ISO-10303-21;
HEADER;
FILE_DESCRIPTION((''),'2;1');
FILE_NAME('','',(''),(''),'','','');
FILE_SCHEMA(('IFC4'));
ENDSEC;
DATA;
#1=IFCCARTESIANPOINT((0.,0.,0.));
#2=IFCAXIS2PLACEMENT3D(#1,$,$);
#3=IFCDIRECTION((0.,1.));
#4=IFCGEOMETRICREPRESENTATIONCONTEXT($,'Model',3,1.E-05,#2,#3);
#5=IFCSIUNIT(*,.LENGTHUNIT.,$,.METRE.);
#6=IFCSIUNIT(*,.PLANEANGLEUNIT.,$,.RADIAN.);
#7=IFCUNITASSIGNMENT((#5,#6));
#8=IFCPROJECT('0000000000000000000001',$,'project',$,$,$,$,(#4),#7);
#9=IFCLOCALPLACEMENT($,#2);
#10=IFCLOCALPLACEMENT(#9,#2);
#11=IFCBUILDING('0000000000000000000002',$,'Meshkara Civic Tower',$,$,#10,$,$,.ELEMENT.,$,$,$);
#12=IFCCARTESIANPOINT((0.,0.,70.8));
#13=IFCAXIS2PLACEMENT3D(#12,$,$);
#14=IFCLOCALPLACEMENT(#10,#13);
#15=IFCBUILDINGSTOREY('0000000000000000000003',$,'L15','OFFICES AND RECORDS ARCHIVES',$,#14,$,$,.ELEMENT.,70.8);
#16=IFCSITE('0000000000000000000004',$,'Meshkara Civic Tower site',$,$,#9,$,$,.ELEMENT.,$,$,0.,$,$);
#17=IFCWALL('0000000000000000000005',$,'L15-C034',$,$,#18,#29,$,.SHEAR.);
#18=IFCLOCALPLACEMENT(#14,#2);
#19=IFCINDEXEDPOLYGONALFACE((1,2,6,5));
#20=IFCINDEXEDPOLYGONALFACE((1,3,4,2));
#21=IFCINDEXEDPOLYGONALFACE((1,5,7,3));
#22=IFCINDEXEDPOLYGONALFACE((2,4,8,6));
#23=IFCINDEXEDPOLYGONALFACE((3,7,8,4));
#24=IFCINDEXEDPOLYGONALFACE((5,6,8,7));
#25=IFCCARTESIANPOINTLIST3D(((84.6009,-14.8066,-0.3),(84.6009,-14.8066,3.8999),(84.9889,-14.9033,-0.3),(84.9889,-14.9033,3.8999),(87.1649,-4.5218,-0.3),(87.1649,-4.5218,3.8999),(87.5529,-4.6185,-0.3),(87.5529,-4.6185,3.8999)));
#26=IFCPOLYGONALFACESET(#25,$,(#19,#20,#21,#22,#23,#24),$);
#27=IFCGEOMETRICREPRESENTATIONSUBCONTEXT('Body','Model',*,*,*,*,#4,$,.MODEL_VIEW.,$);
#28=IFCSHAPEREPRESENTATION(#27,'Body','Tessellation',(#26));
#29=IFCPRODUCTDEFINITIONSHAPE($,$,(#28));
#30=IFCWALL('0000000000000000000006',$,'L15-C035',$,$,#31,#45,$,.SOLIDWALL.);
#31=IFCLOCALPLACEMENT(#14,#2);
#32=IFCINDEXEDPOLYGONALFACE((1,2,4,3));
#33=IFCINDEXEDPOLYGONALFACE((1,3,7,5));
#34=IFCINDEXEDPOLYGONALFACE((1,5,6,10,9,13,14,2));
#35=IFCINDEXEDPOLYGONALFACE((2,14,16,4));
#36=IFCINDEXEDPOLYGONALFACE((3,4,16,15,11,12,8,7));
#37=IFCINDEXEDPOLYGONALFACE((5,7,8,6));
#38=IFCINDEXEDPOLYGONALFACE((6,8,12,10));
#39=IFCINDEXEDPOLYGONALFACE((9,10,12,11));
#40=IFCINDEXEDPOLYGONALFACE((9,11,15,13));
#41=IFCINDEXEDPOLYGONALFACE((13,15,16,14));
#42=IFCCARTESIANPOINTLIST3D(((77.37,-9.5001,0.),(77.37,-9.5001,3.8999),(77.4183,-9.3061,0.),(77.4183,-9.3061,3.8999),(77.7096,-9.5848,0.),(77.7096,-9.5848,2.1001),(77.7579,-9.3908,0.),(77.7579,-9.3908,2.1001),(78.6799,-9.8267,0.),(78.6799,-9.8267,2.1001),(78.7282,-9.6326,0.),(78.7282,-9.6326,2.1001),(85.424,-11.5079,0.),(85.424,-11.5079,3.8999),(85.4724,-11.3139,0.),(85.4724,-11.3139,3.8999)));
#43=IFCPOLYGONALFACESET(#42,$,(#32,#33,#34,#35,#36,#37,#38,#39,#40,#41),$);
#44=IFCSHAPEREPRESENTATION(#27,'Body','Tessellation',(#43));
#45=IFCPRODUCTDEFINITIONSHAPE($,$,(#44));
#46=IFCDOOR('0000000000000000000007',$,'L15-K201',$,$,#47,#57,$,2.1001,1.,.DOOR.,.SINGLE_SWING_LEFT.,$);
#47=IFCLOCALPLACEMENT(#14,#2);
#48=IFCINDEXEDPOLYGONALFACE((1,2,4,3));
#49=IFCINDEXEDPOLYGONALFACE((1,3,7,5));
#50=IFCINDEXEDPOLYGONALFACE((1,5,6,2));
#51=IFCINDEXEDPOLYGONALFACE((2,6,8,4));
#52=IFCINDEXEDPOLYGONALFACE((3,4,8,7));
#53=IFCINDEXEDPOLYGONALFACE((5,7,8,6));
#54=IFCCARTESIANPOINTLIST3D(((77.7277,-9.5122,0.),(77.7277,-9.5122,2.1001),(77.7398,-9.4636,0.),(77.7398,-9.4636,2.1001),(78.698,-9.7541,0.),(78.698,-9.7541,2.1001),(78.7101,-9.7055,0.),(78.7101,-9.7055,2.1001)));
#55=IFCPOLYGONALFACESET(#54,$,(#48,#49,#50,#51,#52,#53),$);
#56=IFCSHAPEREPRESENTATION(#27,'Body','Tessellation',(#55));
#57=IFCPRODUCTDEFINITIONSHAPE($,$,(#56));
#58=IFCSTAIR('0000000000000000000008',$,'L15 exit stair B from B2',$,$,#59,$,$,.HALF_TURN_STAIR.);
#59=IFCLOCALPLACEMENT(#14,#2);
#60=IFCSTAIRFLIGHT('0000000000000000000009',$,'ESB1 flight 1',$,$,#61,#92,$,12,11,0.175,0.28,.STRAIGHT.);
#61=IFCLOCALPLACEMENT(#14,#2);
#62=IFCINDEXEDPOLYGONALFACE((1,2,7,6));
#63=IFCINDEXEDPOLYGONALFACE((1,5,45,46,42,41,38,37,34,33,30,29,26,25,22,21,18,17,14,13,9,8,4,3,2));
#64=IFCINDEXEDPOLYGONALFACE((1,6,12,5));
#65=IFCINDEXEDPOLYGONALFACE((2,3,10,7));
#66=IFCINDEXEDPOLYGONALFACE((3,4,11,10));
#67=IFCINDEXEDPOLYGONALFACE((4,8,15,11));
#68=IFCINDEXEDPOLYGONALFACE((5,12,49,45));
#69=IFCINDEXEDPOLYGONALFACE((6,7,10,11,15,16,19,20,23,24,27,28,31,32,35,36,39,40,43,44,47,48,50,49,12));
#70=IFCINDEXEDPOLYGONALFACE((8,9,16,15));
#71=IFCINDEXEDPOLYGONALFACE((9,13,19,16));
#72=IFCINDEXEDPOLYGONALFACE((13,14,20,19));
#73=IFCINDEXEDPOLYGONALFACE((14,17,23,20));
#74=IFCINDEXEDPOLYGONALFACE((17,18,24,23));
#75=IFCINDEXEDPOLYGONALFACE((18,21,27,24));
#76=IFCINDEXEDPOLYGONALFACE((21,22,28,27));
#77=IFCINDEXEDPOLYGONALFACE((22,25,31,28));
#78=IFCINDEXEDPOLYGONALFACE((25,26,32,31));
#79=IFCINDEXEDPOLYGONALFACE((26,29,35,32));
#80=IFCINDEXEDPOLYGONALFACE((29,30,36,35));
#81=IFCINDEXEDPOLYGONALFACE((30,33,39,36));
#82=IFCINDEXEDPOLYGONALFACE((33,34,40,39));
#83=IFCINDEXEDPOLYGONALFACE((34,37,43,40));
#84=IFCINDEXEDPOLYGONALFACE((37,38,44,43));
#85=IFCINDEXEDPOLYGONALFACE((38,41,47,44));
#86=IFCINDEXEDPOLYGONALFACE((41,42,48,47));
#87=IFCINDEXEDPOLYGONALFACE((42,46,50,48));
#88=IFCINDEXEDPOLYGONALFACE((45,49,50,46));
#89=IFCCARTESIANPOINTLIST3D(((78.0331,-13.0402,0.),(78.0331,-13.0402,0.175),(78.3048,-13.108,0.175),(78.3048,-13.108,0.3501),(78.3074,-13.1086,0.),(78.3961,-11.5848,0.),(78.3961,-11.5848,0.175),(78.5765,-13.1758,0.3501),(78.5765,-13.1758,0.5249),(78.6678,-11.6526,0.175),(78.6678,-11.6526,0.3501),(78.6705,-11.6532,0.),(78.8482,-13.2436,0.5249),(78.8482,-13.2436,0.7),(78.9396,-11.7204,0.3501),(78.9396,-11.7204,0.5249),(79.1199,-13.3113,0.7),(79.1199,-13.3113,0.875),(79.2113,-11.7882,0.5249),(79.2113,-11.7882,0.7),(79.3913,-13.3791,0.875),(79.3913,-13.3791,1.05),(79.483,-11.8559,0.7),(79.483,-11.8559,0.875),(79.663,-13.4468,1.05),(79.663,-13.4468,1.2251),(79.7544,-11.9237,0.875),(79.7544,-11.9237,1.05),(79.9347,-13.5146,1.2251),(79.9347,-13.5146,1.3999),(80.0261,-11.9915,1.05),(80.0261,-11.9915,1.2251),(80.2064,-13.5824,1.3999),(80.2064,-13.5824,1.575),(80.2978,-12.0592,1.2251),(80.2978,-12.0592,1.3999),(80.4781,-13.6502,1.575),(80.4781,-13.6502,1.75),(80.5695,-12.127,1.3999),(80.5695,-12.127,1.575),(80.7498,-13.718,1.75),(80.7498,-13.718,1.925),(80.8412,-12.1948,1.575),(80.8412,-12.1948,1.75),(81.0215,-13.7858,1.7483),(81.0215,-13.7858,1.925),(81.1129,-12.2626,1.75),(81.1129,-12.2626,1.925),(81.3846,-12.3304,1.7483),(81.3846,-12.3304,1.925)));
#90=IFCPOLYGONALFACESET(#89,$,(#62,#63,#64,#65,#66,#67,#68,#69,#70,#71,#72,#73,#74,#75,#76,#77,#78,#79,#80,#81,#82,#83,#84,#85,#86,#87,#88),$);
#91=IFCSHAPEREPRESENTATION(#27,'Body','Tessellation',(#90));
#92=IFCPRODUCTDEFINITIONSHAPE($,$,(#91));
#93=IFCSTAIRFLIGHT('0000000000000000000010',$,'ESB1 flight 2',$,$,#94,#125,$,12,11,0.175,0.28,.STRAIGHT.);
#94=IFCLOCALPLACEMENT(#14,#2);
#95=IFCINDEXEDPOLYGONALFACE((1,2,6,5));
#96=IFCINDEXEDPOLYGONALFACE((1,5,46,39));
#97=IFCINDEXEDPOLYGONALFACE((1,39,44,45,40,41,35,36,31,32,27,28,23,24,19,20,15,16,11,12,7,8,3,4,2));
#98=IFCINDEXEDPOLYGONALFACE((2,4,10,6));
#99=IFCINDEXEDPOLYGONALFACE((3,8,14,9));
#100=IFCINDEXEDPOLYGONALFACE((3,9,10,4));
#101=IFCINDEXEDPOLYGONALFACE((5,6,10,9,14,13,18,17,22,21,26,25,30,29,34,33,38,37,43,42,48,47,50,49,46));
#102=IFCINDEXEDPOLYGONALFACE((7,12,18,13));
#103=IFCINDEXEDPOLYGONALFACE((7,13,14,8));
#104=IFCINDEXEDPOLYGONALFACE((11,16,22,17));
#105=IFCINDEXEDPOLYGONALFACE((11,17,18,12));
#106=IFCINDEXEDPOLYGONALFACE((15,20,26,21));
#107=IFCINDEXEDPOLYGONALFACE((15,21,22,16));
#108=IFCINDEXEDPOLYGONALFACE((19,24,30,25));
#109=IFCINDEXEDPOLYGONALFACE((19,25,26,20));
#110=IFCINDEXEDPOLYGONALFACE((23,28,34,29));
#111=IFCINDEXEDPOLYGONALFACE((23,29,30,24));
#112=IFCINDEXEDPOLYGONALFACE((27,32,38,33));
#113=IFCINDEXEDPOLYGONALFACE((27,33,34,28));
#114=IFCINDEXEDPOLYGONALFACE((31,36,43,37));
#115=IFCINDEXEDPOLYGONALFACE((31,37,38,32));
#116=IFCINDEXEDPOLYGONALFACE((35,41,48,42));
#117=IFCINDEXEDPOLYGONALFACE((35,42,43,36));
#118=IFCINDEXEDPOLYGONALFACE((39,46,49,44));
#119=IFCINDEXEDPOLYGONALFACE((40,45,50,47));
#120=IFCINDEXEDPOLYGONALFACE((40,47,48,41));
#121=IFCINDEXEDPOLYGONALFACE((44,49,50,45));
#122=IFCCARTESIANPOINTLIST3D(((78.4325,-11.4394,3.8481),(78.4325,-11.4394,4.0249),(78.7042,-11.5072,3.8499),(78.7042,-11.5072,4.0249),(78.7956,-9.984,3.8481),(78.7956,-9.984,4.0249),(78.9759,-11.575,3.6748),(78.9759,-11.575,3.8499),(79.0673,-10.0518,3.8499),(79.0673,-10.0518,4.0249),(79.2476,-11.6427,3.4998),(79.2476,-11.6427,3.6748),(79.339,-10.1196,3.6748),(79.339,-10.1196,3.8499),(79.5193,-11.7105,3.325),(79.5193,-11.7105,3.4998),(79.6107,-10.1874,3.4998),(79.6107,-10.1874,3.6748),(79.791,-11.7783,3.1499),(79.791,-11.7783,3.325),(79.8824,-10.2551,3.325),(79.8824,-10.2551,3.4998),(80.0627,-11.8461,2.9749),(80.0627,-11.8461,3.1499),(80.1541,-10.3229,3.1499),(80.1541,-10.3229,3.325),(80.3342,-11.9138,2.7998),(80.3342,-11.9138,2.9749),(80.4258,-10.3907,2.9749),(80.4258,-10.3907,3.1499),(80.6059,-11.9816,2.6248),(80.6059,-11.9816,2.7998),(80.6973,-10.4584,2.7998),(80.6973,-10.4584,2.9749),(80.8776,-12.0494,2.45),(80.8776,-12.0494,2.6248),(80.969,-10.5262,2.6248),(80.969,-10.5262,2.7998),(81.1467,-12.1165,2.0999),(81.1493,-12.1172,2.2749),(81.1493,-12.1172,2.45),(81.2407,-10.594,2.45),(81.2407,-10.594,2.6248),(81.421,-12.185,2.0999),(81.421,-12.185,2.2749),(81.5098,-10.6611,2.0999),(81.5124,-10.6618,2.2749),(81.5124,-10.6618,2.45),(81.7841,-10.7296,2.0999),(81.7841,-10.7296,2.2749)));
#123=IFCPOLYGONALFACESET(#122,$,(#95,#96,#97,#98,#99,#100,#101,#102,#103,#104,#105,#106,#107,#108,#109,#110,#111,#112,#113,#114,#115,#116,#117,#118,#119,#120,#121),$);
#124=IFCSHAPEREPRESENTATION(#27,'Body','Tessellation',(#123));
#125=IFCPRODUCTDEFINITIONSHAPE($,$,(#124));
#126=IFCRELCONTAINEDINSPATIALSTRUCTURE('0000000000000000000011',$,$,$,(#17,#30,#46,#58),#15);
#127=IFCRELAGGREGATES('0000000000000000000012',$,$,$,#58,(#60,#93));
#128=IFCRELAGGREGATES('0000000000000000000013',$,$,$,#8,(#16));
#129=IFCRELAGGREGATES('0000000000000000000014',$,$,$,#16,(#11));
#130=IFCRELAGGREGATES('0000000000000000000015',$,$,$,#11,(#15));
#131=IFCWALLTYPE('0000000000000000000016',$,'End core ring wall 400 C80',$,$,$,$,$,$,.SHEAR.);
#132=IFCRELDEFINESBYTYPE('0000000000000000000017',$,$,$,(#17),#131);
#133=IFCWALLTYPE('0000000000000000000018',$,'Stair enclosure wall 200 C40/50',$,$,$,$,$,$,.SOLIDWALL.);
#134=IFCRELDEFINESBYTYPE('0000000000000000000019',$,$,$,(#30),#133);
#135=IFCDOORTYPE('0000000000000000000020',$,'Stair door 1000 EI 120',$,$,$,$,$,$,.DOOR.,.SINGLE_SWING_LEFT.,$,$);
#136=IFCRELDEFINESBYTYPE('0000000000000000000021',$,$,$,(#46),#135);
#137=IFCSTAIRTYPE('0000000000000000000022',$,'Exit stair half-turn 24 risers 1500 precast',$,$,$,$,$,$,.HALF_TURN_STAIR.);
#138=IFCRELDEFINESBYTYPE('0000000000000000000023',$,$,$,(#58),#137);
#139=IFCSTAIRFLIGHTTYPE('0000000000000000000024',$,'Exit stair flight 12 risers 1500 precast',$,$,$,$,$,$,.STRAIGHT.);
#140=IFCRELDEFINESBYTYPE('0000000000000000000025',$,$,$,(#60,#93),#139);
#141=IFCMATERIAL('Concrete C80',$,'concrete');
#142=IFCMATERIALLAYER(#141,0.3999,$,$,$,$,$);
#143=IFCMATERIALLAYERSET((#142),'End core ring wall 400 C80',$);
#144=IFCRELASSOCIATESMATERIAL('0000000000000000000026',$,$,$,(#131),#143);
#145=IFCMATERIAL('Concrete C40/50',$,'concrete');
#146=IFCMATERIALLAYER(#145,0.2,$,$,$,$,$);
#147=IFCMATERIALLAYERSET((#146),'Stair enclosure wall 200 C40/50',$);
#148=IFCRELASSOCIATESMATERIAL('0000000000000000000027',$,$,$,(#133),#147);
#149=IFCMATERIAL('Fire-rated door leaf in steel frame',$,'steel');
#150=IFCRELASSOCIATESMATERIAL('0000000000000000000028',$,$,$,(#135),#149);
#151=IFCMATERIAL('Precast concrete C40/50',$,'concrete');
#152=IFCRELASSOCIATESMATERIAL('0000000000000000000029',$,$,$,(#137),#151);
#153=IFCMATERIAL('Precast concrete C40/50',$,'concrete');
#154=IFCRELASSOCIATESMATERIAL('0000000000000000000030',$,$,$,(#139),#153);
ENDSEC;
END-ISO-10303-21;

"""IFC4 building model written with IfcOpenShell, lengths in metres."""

from ifc_helpers import new_model, si_unit, direction, frame, frame_2d, origin, place, context, subcontext, project, spatial, polyline, rectangle, outline, extrude, material, layer, layer_set, type_object, element, fill, aggregate, save


model = new_model("IFC4")

# Units and contexts
model_context = context("Model", 3, precision=1e-05, world=origin(), true_north=direction((0.0, 1.0)))
body_context = subcontext(model_context, "Body", "Model", "MODEL_VIEW")
ifc_project = project(units=[si_unit("LENGTHUNIT", "METRE"), si_unit("PLANEANGLEUNIT", "RADIAN")], contexts=[model_context])

# Site, building, storey
site_placement = place(None, origin())
site = spatial("IfcSite", under=ifc_project, at=site_placement, Name="Meshkara Civic Tower site", CompositionType="ELEMENT", RefElevation=0.0)
building_placement = place(site_placement, origin())
building = spatial("IfcBuilding", under=site, at=building_placement, Name="Meshkara Civic Tower", CompositionType="ELEMENT")
storey_placement = place(building_placement, frame((0.0, 0.0, 70.8)))
storey = spatial("IfcBuildingStorey", under=building, at=storey_placement, Name="L15", Description="OFFICES AND RECORDS ARCHIVES", CompositionType="ELEMENT", Elevation=70.8)

# Shared definitions
ifc_material_1 = material(Name="Concrete C80", Category="concrete")
ifc_layer_1 = layer(ifc_material_1, 0.3999)
ifc_layer_set_1 = layer_set([ifc_layer_1], Name="End core ring wall 400 C80")
wall_type_1 = type_object("IfcWallType", Name="End core ring wall 400 C80", PredefinedType="SHEAR", material=ifc_layer_set_1)

# Wall
wall_1_placement = place(storey_placement, frame((84.7949, -14.855, -0.3), z_axis=(0.0, 0.0, 1.0), x_axis=(0.241891, 0.970304, 0.0)))
element("IfcWall", 1, at=wall_1_placement, inside=storey, type_object=wall_type_1, Name="L15-C034", PredefinedType="SHEAR", context=body_context, shape_type="SweptSolid", body=[
    extrude(rectangle(XDim=10.5996, YDim=0.3999, at=frame_2d((5.2998, 0.0))), origin(), (0.0, 0.0, 1.0), 4.2),
])

# Wall, opening, door
ifc_material_2 = material(Name="Concrete C40/50", Category="concrete")
ifc_layer_2 = layer(ifc_material_2, 0.2)
ifc_layer_set_2 = layer_set([ifc_layer_2], Name="Stair enclosure wall 200 C40/50")
wall_type_2 = type_object("IfcWallType", Name="Stair enclosure wall 200 C40/50", PredefinedType="SOLIDWALL", material=ifc_layer_set_2)
wall_2_placement = place(storey_placement, frame((77.394, -9.4031, 0.0), z_axis=(0.0, 0.0, 1.0), x_axis=(0.970303, -0.241892, 0.0)))
wall_2 = element("IfcWall", 2, at=wall_2_placement, inside=storey, type_object=wall_type_2, Name="L15-C035", PredefinedType="SOLIDWALL", context=body_context, shape_type="SweptSolid", body=[
    extrude(rectangle(XDim=8.3005, YDim=0.2, at=frame_2d((4.1504, 0.0))), origin(), (0.0, 0.0, 1.0), 3.8999),
])
opening_1_placement = place(wall_2_placement, frame((0.3501, 0.0, 0.0)))
opening_1 = element("IfcOpeningElement", 3, at=opening_1_placement, cuts=wall_2, PredefinedType="OPENING", context=body_context, shape_type="SweptSolid", body=[
    extrude(rectangle(XDim=1.0, YDim=2.1001, at=frame_2d((0.5, 1.05))), frame((0.0, 0.1099, 0.0), z_axis=(0.0, -1.0, 0.0), x_axis=(1.0, 0.0, 0.0)), (0.0, 0.0, 1.0), 0.22),
])
ifc_material_3 = material(Name="Fire-rated door leaf in steel frame", Category="steel")
door_type_1 = type_object("IfcDoorType", Name="Stair door 1000 EI 120", OperationType="SINGLE_SWING_LEFT", PredefinedType="DOOR", material=ifc_material_3)
door_1_placement = place(opening_1_placement, origin())
door_1 = element("IfcDoor", 4, at=door_1_placement, inside=storey, type_object=door_type_1, Name="L15-K201", OperationType="SINGLE_SWING_LEFT", OverallHeight=2.1001, OverallWidth=1.0, PredefinedType="DOOR", context=body_context, shape_type="SweptSolid", body=[
    extrude(rectangle(XDim=1.0, YDim=2.1001, at=frame_2d((0.5, 1.05))), frame((0.0, 0.0249, 0.0), z_axis=(0.0, -1.0, 0.0), x_axis=(1.0, 0.0, 0.0)), (0.0, 0.0, 1.0), 0.05),
])
fill(opening_1, door_1)

# Stair, stair flights
ifc_material_4 = material(Name="Precast concrete C40/50", Category="concrete")
stair_type = type_object("IfcStairType", Name="Exit stair half-turn 24 risers 1500 precast", PredefinedType="HALF_TURN_STAIR", material=ifc_material_4)
stair_placement = place(storey_placement, origin())
stair = element("IfcStair", 5, at=stair_placement, inside=storey, type_object=stair_type, Name="L15 exit stair B from B2", PredefinedType="HALF_TURN_STAIR")
ifc_material_5 = material(Name="Precast concrete C40/50", Category="concrete")
stair_flight_type = type_object("IfcStairFlightType", Name="Exit stair flight 12 risers 1500 precast", PredefinedType="STRAIGHT", material=ifc_material_5)
stair_flight_1_placement = place(storey_placement, frame((78.2146, -12.3125, 0.0), z_axis=(0.0, 0.0, 1.0), x_axis=(0.97026, -0.242065, 0.0)))
stair_flight_1 = element("IfcStairFlight", 6, at=stair_flight_1_placement, type_object=stair_flight_type, Name="ESB1 flight 1", NumberOfRisers=12, NumberOfTreads=11, PredefinedType="STRAIGHT", RiserHeight=0.175, TreadLength=0.28, context=body_context, shape_type="SweptSolid", body=[
    extrude(outline(polyline([(0.0, 0.0), (0.0, 0.175), (0.28, 0.175), (0.28, 0.3501), (0.5601, 0.3501), (0.5601, 0.5249), (0.8401, 0.5249), (0.8401, 0.7), (1.1201, 0.7), (1.1201, 0.875), (1.3999, 0.875), (1.3999, 1.05), (1.6799, 1.05), (1.6799, 1.2251), (1.96, 1.2251), (1.96, 1.3999), (2.24, 1.3999), (2.24, 1.575), (2.52, 1.575), (2.52, 1.75), (2.8, 1.75), (2.8, 1.925), (3.0801, 1.925), (3.0801, 2.1001), (3.0801, 1.7483), (0.2827, 0.0), (0.0, 0.0)])), frame((0.0, 0.75, 0.0), z_axis=(0.0, -1.0, 0.0), x_axis=(1.0, 0.0, 0.0)), (0.0, 0.0, 1.0), 1.5),
])
stair_flight_2_placement = place(storey_placement, frame((81.6025, -11.4573, 2.0999), z_axis=(0.0, 0.0, 1.0), x_axis=(-0.97026, 0.242065, 0.0)))
stair_flight_2 = element("IfcStairFlight", 7, at=stair_flight_2_placement, type_object=stair_flight_type, Name="ESB1 flight 2", NumberOfRisers=12, NumberOfTreads=11, PredefinedType="STRAIGHT", RiserHeight=0.175, TreadLength=0.28, context=body_context, shape_type="SweptSolid", body=[
    extrude(outline(polyline([(0.0, 0.0), (0.0, 0.175), (0.28, 0.175), (0.28, 0.3501), (0.5601, 0.3501), (0.5601, 0.5249), (0.8401, 0.5249), (0.8401, 0.7), (1.1201, 0.7), (1.1201, 0.875), (1.3999, 0.875), (1.3999, 1.05), (1.6799, 1.05), (1.6799, 1.2251), (1.96, 1.2251), (1.96, 1.3999), (2.24, 1.3999), (2.24, 1.575), (2.52, 1.575), (2.52, 1.75), (2.8, 1.75), (2.8, 1.925), (3.0801, 1.925), (3.0801, 2.1001), (3.0801, 1.7483), (0.2827, 0.0), (0.0, 0.0)])), frame((0.0, 0.75, 0.0), z_axis=(0.0, -1.0, 0.0), x_axis=(1.0, 0.0, 0.0)), (0.0, 0.0, 1.0), 1.5),
])
aggregate(stair, [stair_flight_1, stair_flight_2])

save(model, "model.ifc")
